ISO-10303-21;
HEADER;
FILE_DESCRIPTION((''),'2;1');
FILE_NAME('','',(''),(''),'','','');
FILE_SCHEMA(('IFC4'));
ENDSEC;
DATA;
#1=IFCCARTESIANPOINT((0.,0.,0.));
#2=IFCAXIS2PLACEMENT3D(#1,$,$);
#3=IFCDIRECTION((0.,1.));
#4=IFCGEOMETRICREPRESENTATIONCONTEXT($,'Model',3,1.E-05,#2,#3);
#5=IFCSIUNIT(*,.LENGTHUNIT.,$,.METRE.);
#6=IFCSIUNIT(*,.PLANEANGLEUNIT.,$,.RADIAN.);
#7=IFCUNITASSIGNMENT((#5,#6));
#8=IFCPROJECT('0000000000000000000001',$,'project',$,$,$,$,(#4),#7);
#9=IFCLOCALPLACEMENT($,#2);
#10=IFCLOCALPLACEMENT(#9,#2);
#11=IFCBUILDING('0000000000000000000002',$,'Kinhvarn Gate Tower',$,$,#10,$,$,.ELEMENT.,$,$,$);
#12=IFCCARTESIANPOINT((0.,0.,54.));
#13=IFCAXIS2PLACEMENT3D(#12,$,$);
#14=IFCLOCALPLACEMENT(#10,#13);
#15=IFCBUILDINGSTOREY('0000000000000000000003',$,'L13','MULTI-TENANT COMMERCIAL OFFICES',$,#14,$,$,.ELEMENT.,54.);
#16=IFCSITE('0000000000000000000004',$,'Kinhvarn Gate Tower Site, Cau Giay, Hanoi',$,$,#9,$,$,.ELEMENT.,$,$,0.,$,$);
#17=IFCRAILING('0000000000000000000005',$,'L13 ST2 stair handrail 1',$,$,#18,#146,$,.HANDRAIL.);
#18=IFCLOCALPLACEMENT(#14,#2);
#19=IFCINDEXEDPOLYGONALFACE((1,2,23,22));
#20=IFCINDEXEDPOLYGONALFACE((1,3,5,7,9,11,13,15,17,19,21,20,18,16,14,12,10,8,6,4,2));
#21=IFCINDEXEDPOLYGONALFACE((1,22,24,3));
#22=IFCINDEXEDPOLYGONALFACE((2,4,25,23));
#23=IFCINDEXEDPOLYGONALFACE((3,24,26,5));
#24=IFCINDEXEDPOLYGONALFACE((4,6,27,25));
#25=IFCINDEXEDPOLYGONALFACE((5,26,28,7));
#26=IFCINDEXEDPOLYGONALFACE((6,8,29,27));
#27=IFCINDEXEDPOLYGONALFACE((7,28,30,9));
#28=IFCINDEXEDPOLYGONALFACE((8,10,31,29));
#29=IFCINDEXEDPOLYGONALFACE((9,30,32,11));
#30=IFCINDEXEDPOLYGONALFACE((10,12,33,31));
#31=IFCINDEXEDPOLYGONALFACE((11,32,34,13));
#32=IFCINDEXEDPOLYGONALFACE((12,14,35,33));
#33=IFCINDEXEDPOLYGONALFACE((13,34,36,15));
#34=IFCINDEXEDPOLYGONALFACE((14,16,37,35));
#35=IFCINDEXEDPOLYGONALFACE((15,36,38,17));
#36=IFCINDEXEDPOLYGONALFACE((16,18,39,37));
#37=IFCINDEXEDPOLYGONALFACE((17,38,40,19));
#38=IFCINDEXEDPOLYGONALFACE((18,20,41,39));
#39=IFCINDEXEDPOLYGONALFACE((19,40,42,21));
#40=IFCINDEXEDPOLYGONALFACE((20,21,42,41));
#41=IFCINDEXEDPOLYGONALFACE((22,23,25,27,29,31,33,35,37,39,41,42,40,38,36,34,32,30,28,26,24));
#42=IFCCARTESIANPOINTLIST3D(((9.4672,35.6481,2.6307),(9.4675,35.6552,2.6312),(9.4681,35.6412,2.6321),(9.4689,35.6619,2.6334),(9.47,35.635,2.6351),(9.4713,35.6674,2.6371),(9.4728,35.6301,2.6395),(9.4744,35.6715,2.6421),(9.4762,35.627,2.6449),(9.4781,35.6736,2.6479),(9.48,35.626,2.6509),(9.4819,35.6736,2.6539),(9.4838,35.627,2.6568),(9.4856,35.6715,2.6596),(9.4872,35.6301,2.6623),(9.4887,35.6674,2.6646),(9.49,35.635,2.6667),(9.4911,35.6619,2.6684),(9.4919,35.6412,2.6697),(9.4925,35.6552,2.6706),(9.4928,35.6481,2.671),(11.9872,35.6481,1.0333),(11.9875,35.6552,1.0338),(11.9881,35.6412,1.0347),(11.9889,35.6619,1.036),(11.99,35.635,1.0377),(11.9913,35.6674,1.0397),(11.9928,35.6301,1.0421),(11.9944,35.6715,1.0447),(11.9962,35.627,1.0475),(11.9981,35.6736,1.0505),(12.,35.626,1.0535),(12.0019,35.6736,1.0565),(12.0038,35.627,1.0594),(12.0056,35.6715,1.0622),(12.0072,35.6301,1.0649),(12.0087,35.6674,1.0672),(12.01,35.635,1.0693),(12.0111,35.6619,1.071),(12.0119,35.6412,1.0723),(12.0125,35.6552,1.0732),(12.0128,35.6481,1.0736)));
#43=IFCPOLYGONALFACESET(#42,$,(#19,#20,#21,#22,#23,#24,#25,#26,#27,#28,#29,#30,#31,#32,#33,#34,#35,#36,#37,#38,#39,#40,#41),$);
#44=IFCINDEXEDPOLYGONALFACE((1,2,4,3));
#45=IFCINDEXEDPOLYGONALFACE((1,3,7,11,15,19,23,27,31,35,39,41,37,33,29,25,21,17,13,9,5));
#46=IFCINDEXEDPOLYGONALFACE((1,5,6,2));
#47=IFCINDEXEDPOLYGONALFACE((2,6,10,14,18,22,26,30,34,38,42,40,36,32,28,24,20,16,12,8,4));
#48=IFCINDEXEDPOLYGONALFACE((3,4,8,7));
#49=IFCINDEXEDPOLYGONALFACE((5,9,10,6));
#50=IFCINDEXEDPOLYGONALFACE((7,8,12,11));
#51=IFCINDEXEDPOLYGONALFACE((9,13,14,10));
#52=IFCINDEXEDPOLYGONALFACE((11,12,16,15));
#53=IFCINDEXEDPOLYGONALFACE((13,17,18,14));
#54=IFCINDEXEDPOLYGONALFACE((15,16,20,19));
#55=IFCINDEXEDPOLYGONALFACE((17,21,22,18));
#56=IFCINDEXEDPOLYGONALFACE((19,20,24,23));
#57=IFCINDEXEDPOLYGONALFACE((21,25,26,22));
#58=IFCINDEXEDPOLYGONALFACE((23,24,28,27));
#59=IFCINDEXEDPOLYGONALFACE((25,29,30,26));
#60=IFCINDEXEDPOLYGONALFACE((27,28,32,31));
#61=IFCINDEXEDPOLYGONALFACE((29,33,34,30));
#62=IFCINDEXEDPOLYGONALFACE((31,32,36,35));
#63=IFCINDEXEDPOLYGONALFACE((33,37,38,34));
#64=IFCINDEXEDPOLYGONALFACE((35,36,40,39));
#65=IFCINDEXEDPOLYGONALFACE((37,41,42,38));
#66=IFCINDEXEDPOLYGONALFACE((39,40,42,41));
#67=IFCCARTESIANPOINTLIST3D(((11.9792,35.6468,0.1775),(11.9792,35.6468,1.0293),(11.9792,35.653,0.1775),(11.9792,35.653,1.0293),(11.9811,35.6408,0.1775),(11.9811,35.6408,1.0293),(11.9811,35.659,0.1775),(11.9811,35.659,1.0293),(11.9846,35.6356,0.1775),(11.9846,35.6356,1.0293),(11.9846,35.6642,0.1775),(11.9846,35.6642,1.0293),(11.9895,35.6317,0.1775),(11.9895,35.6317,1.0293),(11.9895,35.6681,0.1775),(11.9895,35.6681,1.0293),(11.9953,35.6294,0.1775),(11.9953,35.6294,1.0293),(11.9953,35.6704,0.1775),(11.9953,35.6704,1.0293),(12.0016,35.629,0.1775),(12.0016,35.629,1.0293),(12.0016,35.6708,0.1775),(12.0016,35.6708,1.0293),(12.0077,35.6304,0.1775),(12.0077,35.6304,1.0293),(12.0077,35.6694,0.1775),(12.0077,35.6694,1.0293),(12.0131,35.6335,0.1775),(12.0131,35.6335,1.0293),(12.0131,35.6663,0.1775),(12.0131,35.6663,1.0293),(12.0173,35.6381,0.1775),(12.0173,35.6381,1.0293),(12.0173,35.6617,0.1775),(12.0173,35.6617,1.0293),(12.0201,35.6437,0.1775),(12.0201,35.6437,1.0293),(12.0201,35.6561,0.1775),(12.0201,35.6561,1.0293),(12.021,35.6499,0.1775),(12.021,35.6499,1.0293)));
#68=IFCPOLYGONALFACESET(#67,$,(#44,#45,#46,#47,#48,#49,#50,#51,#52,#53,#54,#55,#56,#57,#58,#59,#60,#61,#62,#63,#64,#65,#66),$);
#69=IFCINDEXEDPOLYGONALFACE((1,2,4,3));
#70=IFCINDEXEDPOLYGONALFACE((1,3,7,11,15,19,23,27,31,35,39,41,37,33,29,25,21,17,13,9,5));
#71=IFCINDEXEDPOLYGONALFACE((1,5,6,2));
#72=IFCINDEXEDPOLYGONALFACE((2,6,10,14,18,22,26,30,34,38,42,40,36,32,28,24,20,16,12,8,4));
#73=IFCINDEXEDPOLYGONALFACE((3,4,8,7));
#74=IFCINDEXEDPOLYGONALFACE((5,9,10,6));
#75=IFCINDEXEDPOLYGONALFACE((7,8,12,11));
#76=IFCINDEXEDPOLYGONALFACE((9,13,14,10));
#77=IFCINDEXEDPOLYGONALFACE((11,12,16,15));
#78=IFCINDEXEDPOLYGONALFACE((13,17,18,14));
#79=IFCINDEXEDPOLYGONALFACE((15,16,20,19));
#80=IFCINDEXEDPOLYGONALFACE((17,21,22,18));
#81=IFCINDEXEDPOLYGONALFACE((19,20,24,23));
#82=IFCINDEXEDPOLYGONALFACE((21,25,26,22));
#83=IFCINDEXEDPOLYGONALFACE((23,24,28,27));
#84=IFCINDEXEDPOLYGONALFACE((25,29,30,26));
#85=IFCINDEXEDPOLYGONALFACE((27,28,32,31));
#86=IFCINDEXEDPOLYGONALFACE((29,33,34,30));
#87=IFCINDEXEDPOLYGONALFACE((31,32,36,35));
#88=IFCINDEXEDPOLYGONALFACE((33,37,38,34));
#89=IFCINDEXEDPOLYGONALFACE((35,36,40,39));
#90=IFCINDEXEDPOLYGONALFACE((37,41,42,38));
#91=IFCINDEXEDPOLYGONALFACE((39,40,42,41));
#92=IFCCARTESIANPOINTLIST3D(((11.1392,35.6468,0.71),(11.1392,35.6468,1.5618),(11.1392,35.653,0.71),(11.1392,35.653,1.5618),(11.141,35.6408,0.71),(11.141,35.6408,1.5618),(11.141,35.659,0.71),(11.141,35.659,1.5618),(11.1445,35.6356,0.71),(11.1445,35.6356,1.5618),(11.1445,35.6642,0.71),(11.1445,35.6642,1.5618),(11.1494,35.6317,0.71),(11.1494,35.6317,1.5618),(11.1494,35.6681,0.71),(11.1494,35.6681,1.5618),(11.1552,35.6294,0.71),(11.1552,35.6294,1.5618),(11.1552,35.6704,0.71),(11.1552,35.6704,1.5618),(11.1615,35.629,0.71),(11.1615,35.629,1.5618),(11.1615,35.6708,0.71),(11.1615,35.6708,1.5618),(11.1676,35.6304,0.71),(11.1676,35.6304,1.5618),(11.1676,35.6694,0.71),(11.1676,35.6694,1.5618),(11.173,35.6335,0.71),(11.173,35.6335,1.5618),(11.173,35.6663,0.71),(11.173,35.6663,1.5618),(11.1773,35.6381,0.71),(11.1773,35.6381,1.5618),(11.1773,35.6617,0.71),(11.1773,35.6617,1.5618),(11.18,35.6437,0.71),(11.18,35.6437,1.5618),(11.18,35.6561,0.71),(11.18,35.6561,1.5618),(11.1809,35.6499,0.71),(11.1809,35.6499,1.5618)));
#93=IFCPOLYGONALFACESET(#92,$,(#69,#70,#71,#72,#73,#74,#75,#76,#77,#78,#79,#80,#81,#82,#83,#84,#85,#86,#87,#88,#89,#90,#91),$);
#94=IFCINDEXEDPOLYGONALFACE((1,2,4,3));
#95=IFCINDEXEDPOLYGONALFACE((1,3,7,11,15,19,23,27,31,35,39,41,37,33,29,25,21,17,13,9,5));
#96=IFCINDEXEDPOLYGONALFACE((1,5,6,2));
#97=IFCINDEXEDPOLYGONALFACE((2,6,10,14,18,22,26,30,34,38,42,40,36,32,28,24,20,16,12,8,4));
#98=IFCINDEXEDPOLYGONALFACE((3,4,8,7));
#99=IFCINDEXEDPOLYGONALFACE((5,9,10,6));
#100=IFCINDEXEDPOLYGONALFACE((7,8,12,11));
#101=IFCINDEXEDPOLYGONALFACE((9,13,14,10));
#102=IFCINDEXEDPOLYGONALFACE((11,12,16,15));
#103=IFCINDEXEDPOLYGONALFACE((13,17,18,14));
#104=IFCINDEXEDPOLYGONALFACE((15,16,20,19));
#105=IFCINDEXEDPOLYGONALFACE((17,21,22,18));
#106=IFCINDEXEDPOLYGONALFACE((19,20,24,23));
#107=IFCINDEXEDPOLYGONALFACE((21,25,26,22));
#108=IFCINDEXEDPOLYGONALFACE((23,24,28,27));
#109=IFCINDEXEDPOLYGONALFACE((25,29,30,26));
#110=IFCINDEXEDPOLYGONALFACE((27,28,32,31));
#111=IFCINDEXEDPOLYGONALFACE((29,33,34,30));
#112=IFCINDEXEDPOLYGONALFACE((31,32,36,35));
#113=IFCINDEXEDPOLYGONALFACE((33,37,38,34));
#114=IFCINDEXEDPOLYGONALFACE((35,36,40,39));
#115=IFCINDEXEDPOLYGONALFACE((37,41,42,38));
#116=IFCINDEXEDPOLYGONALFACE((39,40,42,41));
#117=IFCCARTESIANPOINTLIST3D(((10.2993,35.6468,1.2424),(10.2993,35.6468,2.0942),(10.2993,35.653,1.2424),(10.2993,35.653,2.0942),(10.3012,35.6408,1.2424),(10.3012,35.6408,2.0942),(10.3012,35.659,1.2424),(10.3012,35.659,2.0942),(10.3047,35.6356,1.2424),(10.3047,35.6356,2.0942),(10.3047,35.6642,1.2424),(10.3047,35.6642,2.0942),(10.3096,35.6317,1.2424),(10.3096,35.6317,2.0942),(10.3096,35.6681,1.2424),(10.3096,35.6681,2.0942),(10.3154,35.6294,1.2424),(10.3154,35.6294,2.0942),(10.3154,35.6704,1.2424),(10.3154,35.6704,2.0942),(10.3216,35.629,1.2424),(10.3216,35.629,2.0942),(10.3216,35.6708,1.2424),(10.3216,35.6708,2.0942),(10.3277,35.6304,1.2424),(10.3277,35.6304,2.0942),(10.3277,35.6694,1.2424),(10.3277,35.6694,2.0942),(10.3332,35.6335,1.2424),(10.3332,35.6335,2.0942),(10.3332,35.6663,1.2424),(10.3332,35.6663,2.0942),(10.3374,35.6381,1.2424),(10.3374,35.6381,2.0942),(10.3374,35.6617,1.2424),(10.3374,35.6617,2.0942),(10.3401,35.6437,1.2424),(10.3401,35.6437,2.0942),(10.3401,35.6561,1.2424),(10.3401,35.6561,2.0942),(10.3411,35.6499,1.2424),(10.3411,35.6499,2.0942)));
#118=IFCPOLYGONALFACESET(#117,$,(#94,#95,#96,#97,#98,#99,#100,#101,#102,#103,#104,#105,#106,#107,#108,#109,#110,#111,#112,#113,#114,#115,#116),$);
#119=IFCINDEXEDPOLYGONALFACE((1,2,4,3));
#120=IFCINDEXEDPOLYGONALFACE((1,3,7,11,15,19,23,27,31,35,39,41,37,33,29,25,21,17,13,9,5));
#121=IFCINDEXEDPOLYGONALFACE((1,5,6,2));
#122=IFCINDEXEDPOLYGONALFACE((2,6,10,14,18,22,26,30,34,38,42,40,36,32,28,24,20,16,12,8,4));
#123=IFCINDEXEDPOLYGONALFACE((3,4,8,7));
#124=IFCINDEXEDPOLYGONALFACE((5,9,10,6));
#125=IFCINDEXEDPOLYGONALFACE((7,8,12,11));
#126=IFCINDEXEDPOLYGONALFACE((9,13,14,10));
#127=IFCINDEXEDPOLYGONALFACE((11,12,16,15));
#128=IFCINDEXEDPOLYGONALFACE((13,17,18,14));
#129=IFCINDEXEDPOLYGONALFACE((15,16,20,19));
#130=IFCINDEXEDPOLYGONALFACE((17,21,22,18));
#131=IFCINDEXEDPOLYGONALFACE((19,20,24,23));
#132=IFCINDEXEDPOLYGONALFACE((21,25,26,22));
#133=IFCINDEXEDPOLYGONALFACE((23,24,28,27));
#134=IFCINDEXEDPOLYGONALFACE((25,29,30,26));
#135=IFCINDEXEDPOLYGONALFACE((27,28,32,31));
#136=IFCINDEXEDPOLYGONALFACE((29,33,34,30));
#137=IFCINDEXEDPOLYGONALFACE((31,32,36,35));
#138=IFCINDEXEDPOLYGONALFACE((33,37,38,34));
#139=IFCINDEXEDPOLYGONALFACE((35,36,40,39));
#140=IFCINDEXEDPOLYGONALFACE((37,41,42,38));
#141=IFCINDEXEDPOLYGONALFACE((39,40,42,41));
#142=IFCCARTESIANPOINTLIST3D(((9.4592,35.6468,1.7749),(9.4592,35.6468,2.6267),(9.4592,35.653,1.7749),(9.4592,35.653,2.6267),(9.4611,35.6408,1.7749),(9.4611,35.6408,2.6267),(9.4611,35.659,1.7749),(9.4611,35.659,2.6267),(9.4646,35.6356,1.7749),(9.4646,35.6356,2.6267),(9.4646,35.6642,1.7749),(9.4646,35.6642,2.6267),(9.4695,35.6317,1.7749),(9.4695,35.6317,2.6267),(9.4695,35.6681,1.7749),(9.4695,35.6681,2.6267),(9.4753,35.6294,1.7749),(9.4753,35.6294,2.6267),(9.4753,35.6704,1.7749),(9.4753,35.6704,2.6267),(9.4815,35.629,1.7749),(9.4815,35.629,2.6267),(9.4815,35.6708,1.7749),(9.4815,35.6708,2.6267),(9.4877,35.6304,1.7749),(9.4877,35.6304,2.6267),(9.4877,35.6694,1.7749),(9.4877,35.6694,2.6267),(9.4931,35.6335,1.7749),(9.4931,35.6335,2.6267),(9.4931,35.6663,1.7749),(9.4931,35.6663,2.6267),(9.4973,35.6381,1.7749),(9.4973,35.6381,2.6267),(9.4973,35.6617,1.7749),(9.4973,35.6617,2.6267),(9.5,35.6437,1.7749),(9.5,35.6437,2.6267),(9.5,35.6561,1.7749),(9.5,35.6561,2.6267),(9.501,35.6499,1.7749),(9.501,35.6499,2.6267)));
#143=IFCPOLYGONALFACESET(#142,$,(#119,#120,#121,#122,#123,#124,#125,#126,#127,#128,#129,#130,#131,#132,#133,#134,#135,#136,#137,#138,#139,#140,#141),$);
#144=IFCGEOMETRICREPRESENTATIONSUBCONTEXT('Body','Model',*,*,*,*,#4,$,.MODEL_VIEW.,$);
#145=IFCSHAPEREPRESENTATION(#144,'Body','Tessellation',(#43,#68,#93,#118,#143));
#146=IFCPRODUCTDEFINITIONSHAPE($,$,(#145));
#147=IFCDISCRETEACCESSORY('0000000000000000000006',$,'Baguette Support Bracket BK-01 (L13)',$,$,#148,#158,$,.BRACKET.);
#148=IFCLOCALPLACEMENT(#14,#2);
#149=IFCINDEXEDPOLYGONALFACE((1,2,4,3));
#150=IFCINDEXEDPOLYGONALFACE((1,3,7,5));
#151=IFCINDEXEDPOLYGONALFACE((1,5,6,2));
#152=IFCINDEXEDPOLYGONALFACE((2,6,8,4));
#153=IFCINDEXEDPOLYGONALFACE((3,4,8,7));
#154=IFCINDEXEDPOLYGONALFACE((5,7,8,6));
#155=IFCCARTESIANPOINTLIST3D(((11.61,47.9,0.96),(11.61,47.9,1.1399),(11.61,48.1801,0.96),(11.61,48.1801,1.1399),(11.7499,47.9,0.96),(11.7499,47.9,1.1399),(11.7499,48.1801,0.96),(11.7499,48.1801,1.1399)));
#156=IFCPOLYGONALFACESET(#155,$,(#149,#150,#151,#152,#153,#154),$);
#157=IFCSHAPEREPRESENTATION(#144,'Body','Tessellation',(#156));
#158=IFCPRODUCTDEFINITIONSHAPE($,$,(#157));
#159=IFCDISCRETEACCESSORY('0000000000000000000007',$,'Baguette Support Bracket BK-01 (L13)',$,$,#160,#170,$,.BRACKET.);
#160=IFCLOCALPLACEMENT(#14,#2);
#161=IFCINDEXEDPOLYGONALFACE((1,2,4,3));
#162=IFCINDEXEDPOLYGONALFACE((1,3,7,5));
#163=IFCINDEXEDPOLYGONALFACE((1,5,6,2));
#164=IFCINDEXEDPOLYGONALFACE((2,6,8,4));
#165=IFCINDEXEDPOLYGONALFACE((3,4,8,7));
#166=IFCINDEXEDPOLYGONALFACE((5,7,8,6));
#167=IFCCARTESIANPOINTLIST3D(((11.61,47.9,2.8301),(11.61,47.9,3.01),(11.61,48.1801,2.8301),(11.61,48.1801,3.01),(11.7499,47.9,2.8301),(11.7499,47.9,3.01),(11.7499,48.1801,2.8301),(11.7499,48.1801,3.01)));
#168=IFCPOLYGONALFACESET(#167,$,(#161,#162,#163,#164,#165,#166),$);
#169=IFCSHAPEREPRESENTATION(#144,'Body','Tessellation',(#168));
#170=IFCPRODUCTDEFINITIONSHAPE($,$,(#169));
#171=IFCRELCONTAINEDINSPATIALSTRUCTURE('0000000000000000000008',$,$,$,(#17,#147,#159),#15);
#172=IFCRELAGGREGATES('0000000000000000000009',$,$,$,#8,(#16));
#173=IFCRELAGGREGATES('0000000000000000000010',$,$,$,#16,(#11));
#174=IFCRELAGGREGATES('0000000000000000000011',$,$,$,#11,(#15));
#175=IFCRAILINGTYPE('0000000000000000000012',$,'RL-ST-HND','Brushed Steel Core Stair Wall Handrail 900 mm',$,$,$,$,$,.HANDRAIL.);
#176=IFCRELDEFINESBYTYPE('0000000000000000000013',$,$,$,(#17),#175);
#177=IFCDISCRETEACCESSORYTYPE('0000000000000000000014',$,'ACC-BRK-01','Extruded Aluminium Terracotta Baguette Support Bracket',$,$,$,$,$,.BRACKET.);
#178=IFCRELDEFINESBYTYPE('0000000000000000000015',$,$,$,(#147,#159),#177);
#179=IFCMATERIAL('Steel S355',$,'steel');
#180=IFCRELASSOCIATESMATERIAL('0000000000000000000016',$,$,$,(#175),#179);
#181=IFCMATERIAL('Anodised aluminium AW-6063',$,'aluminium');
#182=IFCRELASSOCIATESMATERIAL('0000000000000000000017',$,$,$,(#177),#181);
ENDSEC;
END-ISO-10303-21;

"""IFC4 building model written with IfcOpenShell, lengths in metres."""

from ifc_helpers import new_model, si_unit, direction, frame, origin, origin_2d, place, context, subcontext, project, spatial, rectangle, circle, extrude, material, type_object, element, save


model = new_model("IFC4")

# Units and contexts
model_context = context("Model", 3, precision=1e-05, world=origin(), true_north=direction((0.0, 1.0)))
body_context = subcontext(model_context, "Body", "Model", "MODEL_VIEW")
ifc_project = project(units=[si_unit("LENGTHUNIT", "METRE"), si_unit("PLANEANGLEUNIT", "RADIAN")], contexts=[model_context])

# Site, building, storey
site_placement = place(None, origin())
site = spatial("IfcSite", under=ifc_project, at=site_placement, Name="Kinhvarn Gate Tower Site, Cau Giay, Hanoi", CompositionType="ELEMENT", RefElevation=0.0)
building_placement = place(site_placement, origin())
building = spatial("IfcBuilding", under=site, at=building_placement, Name="Kinhvarn Gate Tower", CompositionType="ELEMENT")
storey_placement = place(building_placement, frame((0.0, 0.0, 54.0)))
storey = spatial("IfcBuildingStorey", under=building, at=storey_placement, Name="L13", Description="MULTI-TENANT COMMERCIAL OFFICES", CompositionType="ELEMENT", Elevation=54.0)

# Shared definitions
ifc_material_1 = material(Name="Anodised aluminium AW-6063", Category="aluminium")

# Shared definitions
ifc_material_2 = material(Name="Steel S355", Category="steel")

# Railing
railing_type_1 = type_object("IfcRailingType", Name="RL-ST-HND", Description="Brushed Steel Core Stair Wall Handrail 900 mm", PredefinedType="HANDRAIL", material=ifc_material_2)
railing_1_placement = place(storey_placement, frame((12.0, 35.6499, 0.1775)))
element("IfcRailing", 1, at=railing_1_placement, inside=storey, type_object=railing_type_1, Name="L13 ST2 stair handrail 1", PredefinedType="HANDRAIL", context=body_context, shape_type="SweptSolid", body=[
    extrude(circle(Radius=0.0239, at=origin_2d()), frame((0.0, 0.0, 0.876), z_axis=(-0.844607, 0.0, 0.535387), x_axis=(0.0, -1.0, 0.0)), (0.0, 0.0, 1.0), 2.9836),
    extrude(circle(Radius=0.021, at=origin_2d()), origin(), (0.0, 0.0, 1.0), 0.8518),
    extrude(circle(Radius=0.021, at=origin_2d()), frame((-0.8401, 0.0, 0.5325)), (0.0, 0.0, 1.0), 0.8518),
    extrude(circle(Radius=0.021, at=origin_2d()), frame((-1.6799, 0.0, 1.0649)), (0.0, 0.0, 1.0), 0.8518),
    extrude(circle(Radius=0.021, at=origin_2d()), frame((-2.52, 0.0, 1.5974)), (0.0, 0.0, 1.0), 0.8518),
])

# Discrete accessories
discrete_accessory_type = type_object("IfcDiscreteAccessoryType", Name="ACC-BRK-01", Description="Extruded Aluminium Terracotta Baguette Support Bracket", PredefinedType="BRACKET", material=ifc_material_1)
for number, where, z_axis, x_axis, name in (
    (2, (11.6799, 48.04, 0.96), (0.0, 0.0, 1.0), (-1.0, 0.0, 0.0), "Baguette Support Bracket BK-01 (L13)"),
    (3, (11.6799, 48.04, 2.8301), (0.0, 0.0, 1.0), (-1.0, 0.0, 0.0), "Baguette Support Bracket BK-01 (L13)"),
):
    element("IfcDiscreteAccessory", number, at=place(storey_placement, frame(where, z_axis=z_axis, x_axis=x_axis)), inside=storey, type_object=discrete_accessory_type, Name=name, PredefinedType="BRACKET", context=body_context, shape_type="SweptSolid", body=[
        extrude(rectangle(XDim=0.1399, YDim=0.28, at=origin_2d()), origin(), (0.0, 0.0, 1.0), 0.1799),
    ])

save(model, "model.ifc")
